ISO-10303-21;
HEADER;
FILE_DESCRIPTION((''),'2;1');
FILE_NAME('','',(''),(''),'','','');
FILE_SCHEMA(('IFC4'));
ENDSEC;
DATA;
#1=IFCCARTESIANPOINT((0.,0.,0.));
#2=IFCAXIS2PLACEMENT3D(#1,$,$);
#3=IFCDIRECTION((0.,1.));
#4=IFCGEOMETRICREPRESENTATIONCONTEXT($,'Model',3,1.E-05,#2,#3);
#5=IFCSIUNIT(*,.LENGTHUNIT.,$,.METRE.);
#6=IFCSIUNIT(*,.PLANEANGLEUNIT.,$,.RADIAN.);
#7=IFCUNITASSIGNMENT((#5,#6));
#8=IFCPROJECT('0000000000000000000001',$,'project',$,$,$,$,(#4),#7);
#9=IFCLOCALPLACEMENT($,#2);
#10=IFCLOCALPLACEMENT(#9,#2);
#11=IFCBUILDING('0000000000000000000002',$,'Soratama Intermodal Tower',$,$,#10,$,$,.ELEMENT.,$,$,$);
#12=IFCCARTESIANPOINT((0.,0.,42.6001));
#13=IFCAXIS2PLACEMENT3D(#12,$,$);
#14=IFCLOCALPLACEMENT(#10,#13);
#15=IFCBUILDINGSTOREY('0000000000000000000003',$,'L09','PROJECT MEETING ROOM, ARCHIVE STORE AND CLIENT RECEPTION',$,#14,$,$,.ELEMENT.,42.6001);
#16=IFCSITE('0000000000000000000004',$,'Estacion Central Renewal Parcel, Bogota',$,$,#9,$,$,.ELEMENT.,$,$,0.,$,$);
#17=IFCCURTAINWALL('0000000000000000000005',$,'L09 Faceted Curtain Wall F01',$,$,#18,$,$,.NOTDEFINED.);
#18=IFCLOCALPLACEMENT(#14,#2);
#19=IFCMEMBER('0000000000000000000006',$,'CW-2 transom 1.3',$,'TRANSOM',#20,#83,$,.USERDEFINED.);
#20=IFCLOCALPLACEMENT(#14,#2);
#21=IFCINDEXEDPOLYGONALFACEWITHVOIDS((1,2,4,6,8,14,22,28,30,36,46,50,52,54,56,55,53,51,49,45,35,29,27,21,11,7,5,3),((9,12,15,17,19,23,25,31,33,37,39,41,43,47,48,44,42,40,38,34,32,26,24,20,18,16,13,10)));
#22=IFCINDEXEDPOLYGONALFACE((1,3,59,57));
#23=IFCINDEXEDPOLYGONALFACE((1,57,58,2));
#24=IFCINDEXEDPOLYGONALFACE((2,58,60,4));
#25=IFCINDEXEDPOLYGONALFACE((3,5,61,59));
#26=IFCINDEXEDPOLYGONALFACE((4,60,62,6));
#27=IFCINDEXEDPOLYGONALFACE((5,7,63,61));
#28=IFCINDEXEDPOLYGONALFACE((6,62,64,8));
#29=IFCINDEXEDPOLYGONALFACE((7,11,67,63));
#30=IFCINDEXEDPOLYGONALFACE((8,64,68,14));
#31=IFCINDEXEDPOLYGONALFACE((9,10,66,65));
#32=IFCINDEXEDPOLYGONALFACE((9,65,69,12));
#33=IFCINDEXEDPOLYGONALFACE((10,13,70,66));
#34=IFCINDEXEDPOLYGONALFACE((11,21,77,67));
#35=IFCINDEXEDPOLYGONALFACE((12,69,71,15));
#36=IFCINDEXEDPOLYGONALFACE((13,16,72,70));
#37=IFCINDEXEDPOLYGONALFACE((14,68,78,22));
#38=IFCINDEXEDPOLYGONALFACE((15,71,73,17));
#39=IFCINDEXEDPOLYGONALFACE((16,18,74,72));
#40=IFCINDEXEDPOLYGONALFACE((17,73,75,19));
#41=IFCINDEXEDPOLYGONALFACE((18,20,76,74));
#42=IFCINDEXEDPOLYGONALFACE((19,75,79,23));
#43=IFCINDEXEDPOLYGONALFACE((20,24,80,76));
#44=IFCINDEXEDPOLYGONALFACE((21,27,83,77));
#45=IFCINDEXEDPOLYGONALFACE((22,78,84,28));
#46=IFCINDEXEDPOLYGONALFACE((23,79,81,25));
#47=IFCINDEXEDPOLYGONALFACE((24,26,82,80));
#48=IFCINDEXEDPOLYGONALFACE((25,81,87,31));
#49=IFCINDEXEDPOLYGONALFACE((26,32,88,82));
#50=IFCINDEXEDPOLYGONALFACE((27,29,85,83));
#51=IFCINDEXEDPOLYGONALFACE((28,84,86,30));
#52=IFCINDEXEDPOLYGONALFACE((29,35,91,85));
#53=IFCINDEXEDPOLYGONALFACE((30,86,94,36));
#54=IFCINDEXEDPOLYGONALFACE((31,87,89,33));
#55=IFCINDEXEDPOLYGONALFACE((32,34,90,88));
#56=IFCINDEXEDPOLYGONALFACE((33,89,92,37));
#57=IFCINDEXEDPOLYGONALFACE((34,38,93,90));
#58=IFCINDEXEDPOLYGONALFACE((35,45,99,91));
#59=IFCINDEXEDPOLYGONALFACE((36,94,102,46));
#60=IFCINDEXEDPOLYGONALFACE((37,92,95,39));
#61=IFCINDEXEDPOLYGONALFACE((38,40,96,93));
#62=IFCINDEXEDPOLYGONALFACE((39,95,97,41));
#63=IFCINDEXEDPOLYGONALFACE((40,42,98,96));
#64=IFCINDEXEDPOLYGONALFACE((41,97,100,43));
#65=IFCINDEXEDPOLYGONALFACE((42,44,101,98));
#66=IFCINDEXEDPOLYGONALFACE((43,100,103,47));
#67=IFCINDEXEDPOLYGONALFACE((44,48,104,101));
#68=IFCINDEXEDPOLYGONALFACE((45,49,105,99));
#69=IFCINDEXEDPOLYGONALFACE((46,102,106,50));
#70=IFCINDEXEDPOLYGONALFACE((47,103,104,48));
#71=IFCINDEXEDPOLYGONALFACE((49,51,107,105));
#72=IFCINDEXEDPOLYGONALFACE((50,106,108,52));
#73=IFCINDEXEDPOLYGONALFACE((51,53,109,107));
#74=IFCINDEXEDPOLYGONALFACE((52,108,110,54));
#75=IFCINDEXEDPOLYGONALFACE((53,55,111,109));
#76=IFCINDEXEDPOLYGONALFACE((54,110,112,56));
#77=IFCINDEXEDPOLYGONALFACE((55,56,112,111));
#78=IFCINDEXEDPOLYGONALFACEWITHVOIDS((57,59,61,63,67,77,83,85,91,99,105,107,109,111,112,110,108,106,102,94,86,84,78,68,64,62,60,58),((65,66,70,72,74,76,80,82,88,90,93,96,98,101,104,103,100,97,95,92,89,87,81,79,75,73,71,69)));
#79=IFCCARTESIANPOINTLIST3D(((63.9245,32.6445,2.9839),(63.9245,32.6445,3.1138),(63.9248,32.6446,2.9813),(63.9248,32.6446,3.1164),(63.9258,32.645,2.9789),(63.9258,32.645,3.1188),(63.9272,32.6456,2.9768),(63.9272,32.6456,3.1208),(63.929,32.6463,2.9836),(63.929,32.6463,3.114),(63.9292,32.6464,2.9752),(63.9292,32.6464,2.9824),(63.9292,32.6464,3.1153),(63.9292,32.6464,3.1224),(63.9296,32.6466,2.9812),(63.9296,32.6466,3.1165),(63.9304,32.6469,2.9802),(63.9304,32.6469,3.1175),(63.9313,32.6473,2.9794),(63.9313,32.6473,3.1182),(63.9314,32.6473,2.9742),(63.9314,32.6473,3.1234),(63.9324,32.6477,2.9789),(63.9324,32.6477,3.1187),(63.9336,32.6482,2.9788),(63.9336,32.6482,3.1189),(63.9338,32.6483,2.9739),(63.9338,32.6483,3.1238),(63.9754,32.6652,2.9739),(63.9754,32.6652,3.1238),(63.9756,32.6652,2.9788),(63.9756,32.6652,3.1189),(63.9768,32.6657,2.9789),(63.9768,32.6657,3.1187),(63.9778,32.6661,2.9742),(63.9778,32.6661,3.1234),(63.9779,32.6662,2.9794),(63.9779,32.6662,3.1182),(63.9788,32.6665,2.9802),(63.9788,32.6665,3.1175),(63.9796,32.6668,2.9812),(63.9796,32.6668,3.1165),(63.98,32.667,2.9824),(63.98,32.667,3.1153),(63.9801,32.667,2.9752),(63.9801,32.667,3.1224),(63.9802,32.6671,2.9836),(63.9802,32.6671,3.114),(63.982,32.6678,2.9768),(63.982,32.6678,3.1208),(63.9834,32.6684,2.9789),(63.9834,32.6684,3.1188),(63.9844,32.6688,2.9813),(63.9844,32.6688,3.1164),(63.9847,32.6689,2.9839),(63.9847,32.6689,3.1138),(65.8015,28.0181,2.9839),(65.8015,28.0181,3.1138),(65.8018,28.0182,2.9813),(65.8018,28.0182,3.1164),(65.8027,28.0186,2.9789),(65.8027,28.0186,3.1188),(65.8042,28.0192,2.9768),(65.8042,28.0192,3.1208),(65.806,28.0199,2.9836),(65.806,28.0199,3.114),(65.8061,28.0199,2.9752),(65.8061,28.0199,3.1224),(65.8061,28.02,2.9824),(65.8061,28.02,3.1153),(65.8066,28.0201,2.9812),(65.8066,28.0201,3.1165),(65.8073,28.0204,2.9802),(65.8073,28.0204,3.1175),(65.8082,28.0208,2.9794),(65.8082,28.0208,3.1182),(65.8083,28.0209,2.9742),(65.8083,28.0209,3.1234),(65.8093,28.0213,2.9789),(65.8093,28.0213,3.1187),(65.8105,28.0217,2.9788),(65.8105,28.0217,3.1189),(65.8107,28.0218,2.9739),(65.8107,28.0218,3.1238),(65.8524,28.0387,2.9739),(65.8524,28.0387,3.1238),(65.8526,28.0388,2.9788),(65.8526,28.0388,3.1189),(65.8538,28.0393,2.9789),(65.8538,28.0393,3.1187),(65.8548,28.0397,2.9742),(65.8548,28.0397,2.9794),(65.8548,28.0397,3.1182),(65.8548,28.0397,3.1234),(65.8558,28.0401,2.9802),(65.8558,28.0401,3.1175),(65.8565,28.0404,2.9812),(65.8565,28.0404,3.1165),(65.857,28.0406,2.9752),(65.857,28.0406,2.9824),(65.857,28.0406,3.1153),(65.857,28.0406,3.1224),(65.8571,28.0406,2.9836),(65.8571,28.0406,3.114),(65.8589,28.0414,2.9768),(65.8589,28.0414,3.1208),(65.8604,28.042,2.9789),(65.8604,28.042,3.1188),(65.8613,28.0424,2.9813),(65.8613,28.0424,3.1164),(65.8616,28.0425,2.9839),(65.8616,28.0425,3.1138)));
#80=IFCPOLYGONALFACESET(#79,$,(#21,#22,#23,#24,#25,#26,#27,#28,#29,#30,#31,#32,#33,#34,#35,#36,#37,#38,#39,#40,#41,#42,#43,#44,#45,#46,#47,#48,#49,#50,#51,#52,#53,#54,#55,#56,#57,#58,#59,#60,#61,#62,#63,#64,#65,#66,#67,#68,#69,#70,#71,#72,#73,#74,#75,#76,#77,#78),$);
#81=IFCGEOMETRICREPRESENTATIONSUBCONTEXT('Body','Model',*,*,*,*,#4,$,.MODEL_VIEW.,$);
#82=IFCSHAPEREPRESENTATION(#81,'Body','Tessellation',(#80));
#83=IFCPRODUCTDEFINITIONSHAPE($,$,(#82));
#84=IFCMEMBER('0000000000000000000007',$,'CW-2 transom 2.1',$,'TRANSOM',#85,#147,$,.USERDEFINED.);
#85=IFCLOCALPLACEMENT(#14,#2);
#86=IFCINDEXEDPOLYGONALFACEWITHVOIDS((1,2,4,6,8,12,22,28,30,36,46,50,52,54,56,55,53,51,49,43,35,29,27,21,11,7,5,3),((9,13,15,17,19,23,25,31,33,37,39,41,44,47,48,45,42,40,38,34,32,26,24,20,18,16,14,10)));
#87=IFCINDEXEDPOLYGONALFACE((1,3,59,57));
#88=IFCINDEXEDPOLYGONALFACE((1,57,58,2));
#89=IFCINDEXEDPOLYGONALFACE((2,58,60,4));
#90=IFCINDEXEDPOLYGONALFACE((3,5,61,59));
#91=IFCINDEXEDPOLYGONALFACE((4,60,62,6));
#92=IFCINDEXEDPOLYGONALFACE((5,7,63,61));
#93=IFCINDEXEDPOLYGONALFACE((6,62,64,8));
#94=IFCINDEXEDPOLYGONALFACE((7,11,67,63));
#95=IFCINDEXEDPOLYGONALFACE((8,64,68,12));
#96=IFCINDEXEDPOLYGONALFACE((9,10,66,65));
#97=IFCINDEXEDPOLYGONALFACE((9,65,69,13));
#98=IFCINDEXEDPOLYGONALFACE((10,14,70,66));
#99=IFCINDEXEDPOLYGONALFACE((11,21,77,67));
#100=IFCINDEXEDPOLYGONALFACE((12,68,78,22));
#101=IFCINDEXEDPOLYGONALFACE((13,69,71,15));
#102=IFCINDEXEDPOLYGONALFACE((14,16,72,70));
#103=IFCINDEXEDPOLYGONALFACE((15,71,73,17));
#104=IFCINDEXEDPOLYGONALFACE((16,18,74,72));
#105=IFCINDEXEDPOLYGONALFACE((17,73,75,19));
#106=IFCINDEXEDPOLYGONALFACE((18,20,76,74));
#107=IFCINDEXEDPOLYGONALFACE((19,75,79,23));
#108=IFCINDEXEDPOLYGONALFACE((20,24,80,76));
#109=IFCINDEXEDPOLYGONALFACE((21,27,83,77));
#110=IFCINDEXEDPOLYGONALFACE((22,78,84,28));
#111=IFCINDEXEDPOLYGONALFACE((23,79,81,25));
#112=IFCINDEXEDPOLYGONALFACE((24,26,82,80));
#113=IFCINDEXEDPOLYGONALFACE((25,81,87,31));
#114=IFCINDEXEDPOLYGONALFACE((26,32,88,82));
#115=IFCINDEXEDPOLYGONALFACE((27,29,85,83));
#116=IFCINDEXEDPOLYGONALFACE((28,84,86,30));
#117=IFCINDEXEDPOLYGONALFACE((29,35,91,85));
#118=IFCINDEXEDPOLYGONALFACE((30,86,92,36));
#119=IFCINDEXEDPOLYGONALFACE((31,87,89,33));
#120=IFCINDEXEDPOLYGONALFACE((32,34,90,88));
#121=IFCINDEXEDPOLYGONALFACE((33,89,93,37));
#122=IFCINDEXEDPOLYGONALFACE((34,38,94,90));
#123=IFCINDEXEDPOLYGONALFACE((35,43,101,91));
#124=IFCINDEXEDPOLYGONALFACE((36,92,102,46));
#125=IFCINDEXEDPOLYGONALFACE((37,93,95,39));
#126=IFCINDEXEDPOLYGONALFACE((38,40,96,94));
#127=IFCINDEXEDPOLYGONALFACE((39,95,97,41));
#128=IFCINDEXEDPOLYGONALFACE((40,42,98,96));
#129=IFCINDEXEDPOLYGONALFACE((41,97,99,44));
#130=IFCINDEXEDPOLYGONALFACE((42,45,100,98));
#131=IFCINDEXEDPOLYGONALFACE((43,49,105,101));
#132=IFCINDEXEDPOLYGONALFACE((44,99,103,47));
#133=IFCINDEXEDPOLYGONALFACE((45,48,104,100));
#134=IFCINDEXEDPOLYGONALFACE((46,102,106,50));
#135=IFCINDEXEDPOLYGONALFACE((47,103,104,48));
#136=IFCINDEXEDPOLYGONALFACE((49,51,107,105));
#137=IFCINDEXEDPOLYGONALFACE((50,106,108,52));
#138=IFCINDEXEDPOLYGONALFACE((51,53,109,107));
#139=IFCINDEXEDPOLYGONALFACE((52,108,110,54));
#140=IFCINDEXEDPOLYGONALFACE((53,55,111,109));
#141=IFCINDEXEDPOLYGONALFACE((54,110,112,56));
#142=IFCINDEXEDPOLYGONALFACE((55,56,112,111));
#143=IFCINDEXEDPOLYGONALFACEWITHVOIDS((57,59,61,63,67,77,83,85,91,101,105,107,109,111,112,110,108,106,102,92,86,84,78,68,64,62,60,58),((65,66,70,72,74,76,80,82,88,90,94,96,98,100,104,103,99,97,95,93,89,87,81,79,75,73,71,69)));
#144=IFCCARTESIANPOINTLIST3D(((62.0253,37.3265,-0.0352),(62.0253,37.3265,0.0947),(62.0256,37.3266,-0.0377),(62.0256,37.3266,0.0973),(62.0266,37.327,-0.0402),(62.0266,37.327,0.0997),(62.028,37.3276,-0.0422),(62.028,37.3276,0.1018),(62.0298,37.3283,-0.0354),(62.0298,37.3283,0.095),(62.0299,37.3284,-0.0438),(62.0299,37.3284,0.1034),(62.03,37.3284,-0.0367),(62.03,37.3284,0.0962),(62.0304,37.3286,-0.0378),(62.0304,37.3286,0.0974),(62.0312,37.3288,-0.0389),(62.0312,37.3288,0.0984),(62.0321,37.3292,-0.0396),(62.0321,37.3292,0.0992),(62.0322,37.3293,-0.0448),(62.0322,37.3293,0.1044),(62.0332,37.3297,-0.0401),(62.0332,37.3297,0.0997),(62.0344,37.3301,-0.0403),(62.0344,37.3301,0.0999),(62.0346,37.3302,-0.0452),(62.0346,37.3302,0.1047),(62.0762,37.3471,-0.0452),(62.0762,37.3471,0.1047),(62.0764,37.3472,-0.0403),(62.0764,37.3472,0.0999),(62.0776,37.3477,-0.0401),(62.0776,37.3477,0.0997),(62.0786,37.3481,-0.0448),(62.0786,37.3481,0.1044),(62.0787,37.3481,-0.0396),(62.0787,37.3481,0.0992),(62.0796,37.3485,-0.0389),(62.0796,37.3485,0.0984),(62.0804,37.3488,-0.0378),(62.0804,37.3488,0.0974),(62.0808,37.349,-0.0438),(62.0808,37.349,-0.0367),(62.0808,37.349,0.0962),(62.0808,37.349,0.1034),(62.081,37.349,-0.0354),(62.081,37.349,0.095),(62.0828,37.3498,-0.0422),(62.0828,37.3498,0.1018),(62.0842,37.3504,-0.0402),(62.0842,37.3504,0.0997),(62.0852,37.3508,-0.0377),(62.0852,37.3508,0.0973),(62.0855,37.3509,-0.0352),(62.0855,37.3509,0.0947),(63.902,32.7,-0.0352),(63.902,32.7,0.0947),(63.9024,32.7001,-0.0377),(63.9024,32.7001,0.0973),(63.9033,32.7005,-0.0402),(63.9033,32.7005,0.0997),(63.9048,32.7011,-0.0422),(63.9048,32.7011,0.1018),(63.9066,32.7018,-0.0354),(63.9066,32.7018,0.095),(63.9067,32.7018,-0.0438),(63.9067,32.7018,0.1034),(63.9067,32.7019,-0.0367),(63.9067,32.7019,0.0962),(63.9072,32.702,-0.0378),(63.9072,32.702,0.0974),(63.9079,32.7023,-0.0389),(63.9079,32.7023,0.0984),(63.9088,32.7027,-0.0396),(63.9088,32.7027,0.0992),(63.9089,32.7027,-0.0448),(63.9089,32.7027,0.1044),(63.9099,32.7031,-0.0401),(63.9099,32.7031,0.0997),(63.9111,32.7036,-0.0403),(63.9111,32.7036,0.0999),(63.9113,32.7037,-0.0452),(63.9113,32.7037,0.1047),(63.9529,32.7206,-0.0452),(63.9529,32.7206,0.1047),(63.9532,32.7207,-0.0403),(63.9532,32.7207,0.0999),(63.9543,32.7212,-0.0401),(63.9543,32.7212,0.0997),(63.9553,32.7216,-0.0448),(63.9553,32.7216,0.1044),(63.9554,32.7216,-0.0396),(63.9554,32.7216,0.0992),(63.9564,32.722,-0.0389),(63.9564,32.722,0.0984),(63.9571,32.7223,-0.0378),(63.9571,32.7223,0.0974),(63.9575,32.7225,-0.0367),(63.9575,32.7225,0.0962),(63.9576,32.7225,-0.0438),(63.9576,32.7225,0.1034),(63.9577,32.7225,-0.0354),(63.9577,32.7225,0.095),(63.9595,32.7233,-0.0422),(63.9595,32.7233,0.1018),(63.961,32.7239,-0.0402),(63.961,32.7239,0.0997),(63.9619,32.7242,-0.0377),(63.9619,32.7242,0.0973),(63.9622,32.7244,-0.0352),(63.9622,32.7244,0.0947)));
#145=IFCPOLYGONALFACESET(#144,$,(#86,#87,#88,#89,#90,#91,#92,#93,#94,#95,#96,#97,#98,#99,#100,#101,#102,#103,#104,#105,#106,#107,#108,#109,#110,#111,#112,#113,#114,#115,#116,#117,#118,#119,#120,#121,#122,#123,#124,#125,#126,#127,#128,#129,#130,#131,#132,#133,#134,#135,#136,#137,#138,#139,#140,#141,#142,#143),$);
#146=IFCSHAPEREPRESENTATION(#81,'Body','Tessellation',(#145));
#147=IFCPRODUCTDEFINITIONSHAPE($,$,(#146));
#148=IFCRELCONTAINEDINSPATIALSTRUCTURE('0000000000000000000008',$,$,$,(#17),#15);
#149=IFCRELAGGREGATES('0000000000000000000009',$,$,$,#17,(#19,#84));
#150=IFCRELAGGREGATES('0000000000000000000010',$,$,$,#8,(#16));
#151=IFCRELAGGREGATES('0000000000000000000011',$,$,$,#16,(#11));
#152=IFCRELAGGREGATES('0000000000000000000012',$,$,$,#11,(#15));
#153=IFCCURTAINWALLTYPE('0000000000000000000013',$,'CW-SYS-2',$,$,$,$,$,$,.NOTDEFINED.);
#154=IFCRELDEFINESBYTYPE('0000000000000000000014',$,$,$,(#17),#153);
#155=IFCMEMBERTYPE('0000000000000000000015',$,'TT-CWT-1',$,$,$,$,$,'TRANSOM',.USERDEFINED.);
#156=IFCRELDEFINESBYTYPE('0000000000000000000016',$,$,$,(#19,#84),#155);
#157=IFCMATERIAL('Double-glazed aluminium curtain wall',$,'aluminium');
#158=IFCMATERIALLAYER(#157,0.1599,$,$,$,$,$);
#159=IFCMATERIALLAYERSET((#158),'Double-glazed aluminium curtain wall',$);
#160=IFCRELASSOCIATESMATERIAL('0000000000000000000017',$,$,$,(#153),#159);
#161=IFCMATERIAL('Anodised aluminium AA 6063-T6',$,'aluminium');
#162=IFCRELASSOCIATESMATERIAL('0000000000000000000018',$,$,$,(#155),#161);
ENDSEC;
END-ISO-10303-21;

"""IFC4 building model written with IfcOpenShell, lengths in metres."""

from ifc_helpers import new_model, si_unit, direction, frame, origin, origin_2d, place, context, subcontext, project, spatial, hollow_rectangle, extrude, material, layer, layer_set, material_profile, profile_set, type_object, element, aggregate, save


model = new_model("IFC4")

# Units and contexts
model_context = context("Model", 3, precision=1e-05, world=origin(), true_north=direction((0.0, 1.0)))
body_context = subcontext(model_context, "Body", "Model", "MODEL_VIEW")
ifc_project = project(units=[si_unit("LENGTHUNIT", "METRE"), si_unit("PLANEANGLEUNIT", "RADIAN")], contexts=[model_context])

# Site, building, storey
site_placement = place(None, origin())
site = spatial("IfcSite", under=ifc_project, at=site_placement, Name="Estacion Central Renewal Parcel, Bogota", CompositionType="ELEMENT", RefElevation=0.0)
building_placement = place(site_placement, origin())
building = spatial("IfcBuilding", under=site, at=building_placement, Name="Soratama Intermodal Tower", CompositionType="ELEMENT")
storey_placement = place(building_placement, frame((0.0, 0.0, 42.6001)))
storey = spatial("IfcBuildingStorey", under=building, at=storey_placement, Name="L09", Description="PROJECT MEETING ROOM, ARCHIVE STORE AND CLIENT RECEPTION", CompositionType="ELEMENT", Elevation=42.6001)

# Curtain wall, members
ifc_material_1 = material(Name="Double-glazed aluminium curtain wall", Category="aluminium")
ifc_layer_1 = layer(ifc_material_1, 0.1599)
ifc_layer_set_1 = layer_set([ifc_layer_1], Name="Double-glazed aluminium curtain wall")
curtain_wall_type = type_object("IfcCurtainWallType", Name="CW-SYS-2", PredefinedType="NOTDEFINED", material=ifc_layer_set_1)
curtain_wall_placement = place(storey_placement, origin())
curtain_wall = element("IfcCurtainWall", 1, at=curtain_wall_placement, inside=storey, type_object=curtain_wall_type, Name="L09 Faceted Curtain Wall F01", PredefinedType="NOTDEFINED")
ifc_material_2 = material(Name="Anodised aluminium AA 6063-T6", Category="aluminium")
ifc_material_profile_1 = material_profile(ifc_material_2, hollow_rectangle(XDim=0.0649, YDim=0.1499, WallThickness=0.0049, InnerFilletRadius=0.0049, OuterFilletRadius=0.01, at=origin_2d()), Name="CWT150X65X5")
ifc_profile_set_1 = profile_set([ifc_material_profile_1], Name="Anodised aluminium AA 6063-T6")
member_type_1 = type_object("IfcMemberType", Name="TT-CWT-1", ElementType="TRANSOM", PredefinedType="USERDEFINED", material=ifc_profile_set_1)
member_1_placement = place(storey_placement, frame((65.8315, 28.0303, 3.0488), z_axis=(-0.375939, 0.926644, 0.0), x_axis=(-0.926644, -0.375939, 0.0)))
member_1 = element("IfcMember", 2, at=member_1_placement, type_object=member_type_1, Name="CW-2 transom 1.3", ObjectType="TRANSOM", PredefinedType="USERDEFINED", context=body_context, shape_type="SweptSolid", body=[
    extrude(hollow_rectangle(XDim=0.0649, YDim=0.1499, WallThickness=0.0049, InnerFilletRadius=0.0049, OuterFilletRadius=0.01, at=origin_2d()), origin(), (0.0, 0.0, 1.0), 4.9927),
])
member_2_placement = place(storey_placement, frame((63.9321, 32.7122, 0.0298), z_axis=(-0.375897, 0.926661, 0.0), x_axis=(-0.926661, -0.375897, 0.0)))
member_2 = element("IfcMember", 3, at=member_2_placement, type_object=member_type_1, Name="CW-2 transom 2.1", ObjectType="TRANSOM", PredefinedType="USERDEFINED", context=body_context, shape_type="SweptSolid", body=[
    extrude(hollow_rectangle(XDim=0.0649, YDim=0.1499, WallThickness=0.0049, InnerFilletRadius=0.0049, OuterFilletRadius=0.01, at=origin_2d()), origin(), (0.0, 0.0, 1.0), 4.9927),
])
aggregate(curtain_wall, [member_1, member_2])

save(model, "model.ifc")
